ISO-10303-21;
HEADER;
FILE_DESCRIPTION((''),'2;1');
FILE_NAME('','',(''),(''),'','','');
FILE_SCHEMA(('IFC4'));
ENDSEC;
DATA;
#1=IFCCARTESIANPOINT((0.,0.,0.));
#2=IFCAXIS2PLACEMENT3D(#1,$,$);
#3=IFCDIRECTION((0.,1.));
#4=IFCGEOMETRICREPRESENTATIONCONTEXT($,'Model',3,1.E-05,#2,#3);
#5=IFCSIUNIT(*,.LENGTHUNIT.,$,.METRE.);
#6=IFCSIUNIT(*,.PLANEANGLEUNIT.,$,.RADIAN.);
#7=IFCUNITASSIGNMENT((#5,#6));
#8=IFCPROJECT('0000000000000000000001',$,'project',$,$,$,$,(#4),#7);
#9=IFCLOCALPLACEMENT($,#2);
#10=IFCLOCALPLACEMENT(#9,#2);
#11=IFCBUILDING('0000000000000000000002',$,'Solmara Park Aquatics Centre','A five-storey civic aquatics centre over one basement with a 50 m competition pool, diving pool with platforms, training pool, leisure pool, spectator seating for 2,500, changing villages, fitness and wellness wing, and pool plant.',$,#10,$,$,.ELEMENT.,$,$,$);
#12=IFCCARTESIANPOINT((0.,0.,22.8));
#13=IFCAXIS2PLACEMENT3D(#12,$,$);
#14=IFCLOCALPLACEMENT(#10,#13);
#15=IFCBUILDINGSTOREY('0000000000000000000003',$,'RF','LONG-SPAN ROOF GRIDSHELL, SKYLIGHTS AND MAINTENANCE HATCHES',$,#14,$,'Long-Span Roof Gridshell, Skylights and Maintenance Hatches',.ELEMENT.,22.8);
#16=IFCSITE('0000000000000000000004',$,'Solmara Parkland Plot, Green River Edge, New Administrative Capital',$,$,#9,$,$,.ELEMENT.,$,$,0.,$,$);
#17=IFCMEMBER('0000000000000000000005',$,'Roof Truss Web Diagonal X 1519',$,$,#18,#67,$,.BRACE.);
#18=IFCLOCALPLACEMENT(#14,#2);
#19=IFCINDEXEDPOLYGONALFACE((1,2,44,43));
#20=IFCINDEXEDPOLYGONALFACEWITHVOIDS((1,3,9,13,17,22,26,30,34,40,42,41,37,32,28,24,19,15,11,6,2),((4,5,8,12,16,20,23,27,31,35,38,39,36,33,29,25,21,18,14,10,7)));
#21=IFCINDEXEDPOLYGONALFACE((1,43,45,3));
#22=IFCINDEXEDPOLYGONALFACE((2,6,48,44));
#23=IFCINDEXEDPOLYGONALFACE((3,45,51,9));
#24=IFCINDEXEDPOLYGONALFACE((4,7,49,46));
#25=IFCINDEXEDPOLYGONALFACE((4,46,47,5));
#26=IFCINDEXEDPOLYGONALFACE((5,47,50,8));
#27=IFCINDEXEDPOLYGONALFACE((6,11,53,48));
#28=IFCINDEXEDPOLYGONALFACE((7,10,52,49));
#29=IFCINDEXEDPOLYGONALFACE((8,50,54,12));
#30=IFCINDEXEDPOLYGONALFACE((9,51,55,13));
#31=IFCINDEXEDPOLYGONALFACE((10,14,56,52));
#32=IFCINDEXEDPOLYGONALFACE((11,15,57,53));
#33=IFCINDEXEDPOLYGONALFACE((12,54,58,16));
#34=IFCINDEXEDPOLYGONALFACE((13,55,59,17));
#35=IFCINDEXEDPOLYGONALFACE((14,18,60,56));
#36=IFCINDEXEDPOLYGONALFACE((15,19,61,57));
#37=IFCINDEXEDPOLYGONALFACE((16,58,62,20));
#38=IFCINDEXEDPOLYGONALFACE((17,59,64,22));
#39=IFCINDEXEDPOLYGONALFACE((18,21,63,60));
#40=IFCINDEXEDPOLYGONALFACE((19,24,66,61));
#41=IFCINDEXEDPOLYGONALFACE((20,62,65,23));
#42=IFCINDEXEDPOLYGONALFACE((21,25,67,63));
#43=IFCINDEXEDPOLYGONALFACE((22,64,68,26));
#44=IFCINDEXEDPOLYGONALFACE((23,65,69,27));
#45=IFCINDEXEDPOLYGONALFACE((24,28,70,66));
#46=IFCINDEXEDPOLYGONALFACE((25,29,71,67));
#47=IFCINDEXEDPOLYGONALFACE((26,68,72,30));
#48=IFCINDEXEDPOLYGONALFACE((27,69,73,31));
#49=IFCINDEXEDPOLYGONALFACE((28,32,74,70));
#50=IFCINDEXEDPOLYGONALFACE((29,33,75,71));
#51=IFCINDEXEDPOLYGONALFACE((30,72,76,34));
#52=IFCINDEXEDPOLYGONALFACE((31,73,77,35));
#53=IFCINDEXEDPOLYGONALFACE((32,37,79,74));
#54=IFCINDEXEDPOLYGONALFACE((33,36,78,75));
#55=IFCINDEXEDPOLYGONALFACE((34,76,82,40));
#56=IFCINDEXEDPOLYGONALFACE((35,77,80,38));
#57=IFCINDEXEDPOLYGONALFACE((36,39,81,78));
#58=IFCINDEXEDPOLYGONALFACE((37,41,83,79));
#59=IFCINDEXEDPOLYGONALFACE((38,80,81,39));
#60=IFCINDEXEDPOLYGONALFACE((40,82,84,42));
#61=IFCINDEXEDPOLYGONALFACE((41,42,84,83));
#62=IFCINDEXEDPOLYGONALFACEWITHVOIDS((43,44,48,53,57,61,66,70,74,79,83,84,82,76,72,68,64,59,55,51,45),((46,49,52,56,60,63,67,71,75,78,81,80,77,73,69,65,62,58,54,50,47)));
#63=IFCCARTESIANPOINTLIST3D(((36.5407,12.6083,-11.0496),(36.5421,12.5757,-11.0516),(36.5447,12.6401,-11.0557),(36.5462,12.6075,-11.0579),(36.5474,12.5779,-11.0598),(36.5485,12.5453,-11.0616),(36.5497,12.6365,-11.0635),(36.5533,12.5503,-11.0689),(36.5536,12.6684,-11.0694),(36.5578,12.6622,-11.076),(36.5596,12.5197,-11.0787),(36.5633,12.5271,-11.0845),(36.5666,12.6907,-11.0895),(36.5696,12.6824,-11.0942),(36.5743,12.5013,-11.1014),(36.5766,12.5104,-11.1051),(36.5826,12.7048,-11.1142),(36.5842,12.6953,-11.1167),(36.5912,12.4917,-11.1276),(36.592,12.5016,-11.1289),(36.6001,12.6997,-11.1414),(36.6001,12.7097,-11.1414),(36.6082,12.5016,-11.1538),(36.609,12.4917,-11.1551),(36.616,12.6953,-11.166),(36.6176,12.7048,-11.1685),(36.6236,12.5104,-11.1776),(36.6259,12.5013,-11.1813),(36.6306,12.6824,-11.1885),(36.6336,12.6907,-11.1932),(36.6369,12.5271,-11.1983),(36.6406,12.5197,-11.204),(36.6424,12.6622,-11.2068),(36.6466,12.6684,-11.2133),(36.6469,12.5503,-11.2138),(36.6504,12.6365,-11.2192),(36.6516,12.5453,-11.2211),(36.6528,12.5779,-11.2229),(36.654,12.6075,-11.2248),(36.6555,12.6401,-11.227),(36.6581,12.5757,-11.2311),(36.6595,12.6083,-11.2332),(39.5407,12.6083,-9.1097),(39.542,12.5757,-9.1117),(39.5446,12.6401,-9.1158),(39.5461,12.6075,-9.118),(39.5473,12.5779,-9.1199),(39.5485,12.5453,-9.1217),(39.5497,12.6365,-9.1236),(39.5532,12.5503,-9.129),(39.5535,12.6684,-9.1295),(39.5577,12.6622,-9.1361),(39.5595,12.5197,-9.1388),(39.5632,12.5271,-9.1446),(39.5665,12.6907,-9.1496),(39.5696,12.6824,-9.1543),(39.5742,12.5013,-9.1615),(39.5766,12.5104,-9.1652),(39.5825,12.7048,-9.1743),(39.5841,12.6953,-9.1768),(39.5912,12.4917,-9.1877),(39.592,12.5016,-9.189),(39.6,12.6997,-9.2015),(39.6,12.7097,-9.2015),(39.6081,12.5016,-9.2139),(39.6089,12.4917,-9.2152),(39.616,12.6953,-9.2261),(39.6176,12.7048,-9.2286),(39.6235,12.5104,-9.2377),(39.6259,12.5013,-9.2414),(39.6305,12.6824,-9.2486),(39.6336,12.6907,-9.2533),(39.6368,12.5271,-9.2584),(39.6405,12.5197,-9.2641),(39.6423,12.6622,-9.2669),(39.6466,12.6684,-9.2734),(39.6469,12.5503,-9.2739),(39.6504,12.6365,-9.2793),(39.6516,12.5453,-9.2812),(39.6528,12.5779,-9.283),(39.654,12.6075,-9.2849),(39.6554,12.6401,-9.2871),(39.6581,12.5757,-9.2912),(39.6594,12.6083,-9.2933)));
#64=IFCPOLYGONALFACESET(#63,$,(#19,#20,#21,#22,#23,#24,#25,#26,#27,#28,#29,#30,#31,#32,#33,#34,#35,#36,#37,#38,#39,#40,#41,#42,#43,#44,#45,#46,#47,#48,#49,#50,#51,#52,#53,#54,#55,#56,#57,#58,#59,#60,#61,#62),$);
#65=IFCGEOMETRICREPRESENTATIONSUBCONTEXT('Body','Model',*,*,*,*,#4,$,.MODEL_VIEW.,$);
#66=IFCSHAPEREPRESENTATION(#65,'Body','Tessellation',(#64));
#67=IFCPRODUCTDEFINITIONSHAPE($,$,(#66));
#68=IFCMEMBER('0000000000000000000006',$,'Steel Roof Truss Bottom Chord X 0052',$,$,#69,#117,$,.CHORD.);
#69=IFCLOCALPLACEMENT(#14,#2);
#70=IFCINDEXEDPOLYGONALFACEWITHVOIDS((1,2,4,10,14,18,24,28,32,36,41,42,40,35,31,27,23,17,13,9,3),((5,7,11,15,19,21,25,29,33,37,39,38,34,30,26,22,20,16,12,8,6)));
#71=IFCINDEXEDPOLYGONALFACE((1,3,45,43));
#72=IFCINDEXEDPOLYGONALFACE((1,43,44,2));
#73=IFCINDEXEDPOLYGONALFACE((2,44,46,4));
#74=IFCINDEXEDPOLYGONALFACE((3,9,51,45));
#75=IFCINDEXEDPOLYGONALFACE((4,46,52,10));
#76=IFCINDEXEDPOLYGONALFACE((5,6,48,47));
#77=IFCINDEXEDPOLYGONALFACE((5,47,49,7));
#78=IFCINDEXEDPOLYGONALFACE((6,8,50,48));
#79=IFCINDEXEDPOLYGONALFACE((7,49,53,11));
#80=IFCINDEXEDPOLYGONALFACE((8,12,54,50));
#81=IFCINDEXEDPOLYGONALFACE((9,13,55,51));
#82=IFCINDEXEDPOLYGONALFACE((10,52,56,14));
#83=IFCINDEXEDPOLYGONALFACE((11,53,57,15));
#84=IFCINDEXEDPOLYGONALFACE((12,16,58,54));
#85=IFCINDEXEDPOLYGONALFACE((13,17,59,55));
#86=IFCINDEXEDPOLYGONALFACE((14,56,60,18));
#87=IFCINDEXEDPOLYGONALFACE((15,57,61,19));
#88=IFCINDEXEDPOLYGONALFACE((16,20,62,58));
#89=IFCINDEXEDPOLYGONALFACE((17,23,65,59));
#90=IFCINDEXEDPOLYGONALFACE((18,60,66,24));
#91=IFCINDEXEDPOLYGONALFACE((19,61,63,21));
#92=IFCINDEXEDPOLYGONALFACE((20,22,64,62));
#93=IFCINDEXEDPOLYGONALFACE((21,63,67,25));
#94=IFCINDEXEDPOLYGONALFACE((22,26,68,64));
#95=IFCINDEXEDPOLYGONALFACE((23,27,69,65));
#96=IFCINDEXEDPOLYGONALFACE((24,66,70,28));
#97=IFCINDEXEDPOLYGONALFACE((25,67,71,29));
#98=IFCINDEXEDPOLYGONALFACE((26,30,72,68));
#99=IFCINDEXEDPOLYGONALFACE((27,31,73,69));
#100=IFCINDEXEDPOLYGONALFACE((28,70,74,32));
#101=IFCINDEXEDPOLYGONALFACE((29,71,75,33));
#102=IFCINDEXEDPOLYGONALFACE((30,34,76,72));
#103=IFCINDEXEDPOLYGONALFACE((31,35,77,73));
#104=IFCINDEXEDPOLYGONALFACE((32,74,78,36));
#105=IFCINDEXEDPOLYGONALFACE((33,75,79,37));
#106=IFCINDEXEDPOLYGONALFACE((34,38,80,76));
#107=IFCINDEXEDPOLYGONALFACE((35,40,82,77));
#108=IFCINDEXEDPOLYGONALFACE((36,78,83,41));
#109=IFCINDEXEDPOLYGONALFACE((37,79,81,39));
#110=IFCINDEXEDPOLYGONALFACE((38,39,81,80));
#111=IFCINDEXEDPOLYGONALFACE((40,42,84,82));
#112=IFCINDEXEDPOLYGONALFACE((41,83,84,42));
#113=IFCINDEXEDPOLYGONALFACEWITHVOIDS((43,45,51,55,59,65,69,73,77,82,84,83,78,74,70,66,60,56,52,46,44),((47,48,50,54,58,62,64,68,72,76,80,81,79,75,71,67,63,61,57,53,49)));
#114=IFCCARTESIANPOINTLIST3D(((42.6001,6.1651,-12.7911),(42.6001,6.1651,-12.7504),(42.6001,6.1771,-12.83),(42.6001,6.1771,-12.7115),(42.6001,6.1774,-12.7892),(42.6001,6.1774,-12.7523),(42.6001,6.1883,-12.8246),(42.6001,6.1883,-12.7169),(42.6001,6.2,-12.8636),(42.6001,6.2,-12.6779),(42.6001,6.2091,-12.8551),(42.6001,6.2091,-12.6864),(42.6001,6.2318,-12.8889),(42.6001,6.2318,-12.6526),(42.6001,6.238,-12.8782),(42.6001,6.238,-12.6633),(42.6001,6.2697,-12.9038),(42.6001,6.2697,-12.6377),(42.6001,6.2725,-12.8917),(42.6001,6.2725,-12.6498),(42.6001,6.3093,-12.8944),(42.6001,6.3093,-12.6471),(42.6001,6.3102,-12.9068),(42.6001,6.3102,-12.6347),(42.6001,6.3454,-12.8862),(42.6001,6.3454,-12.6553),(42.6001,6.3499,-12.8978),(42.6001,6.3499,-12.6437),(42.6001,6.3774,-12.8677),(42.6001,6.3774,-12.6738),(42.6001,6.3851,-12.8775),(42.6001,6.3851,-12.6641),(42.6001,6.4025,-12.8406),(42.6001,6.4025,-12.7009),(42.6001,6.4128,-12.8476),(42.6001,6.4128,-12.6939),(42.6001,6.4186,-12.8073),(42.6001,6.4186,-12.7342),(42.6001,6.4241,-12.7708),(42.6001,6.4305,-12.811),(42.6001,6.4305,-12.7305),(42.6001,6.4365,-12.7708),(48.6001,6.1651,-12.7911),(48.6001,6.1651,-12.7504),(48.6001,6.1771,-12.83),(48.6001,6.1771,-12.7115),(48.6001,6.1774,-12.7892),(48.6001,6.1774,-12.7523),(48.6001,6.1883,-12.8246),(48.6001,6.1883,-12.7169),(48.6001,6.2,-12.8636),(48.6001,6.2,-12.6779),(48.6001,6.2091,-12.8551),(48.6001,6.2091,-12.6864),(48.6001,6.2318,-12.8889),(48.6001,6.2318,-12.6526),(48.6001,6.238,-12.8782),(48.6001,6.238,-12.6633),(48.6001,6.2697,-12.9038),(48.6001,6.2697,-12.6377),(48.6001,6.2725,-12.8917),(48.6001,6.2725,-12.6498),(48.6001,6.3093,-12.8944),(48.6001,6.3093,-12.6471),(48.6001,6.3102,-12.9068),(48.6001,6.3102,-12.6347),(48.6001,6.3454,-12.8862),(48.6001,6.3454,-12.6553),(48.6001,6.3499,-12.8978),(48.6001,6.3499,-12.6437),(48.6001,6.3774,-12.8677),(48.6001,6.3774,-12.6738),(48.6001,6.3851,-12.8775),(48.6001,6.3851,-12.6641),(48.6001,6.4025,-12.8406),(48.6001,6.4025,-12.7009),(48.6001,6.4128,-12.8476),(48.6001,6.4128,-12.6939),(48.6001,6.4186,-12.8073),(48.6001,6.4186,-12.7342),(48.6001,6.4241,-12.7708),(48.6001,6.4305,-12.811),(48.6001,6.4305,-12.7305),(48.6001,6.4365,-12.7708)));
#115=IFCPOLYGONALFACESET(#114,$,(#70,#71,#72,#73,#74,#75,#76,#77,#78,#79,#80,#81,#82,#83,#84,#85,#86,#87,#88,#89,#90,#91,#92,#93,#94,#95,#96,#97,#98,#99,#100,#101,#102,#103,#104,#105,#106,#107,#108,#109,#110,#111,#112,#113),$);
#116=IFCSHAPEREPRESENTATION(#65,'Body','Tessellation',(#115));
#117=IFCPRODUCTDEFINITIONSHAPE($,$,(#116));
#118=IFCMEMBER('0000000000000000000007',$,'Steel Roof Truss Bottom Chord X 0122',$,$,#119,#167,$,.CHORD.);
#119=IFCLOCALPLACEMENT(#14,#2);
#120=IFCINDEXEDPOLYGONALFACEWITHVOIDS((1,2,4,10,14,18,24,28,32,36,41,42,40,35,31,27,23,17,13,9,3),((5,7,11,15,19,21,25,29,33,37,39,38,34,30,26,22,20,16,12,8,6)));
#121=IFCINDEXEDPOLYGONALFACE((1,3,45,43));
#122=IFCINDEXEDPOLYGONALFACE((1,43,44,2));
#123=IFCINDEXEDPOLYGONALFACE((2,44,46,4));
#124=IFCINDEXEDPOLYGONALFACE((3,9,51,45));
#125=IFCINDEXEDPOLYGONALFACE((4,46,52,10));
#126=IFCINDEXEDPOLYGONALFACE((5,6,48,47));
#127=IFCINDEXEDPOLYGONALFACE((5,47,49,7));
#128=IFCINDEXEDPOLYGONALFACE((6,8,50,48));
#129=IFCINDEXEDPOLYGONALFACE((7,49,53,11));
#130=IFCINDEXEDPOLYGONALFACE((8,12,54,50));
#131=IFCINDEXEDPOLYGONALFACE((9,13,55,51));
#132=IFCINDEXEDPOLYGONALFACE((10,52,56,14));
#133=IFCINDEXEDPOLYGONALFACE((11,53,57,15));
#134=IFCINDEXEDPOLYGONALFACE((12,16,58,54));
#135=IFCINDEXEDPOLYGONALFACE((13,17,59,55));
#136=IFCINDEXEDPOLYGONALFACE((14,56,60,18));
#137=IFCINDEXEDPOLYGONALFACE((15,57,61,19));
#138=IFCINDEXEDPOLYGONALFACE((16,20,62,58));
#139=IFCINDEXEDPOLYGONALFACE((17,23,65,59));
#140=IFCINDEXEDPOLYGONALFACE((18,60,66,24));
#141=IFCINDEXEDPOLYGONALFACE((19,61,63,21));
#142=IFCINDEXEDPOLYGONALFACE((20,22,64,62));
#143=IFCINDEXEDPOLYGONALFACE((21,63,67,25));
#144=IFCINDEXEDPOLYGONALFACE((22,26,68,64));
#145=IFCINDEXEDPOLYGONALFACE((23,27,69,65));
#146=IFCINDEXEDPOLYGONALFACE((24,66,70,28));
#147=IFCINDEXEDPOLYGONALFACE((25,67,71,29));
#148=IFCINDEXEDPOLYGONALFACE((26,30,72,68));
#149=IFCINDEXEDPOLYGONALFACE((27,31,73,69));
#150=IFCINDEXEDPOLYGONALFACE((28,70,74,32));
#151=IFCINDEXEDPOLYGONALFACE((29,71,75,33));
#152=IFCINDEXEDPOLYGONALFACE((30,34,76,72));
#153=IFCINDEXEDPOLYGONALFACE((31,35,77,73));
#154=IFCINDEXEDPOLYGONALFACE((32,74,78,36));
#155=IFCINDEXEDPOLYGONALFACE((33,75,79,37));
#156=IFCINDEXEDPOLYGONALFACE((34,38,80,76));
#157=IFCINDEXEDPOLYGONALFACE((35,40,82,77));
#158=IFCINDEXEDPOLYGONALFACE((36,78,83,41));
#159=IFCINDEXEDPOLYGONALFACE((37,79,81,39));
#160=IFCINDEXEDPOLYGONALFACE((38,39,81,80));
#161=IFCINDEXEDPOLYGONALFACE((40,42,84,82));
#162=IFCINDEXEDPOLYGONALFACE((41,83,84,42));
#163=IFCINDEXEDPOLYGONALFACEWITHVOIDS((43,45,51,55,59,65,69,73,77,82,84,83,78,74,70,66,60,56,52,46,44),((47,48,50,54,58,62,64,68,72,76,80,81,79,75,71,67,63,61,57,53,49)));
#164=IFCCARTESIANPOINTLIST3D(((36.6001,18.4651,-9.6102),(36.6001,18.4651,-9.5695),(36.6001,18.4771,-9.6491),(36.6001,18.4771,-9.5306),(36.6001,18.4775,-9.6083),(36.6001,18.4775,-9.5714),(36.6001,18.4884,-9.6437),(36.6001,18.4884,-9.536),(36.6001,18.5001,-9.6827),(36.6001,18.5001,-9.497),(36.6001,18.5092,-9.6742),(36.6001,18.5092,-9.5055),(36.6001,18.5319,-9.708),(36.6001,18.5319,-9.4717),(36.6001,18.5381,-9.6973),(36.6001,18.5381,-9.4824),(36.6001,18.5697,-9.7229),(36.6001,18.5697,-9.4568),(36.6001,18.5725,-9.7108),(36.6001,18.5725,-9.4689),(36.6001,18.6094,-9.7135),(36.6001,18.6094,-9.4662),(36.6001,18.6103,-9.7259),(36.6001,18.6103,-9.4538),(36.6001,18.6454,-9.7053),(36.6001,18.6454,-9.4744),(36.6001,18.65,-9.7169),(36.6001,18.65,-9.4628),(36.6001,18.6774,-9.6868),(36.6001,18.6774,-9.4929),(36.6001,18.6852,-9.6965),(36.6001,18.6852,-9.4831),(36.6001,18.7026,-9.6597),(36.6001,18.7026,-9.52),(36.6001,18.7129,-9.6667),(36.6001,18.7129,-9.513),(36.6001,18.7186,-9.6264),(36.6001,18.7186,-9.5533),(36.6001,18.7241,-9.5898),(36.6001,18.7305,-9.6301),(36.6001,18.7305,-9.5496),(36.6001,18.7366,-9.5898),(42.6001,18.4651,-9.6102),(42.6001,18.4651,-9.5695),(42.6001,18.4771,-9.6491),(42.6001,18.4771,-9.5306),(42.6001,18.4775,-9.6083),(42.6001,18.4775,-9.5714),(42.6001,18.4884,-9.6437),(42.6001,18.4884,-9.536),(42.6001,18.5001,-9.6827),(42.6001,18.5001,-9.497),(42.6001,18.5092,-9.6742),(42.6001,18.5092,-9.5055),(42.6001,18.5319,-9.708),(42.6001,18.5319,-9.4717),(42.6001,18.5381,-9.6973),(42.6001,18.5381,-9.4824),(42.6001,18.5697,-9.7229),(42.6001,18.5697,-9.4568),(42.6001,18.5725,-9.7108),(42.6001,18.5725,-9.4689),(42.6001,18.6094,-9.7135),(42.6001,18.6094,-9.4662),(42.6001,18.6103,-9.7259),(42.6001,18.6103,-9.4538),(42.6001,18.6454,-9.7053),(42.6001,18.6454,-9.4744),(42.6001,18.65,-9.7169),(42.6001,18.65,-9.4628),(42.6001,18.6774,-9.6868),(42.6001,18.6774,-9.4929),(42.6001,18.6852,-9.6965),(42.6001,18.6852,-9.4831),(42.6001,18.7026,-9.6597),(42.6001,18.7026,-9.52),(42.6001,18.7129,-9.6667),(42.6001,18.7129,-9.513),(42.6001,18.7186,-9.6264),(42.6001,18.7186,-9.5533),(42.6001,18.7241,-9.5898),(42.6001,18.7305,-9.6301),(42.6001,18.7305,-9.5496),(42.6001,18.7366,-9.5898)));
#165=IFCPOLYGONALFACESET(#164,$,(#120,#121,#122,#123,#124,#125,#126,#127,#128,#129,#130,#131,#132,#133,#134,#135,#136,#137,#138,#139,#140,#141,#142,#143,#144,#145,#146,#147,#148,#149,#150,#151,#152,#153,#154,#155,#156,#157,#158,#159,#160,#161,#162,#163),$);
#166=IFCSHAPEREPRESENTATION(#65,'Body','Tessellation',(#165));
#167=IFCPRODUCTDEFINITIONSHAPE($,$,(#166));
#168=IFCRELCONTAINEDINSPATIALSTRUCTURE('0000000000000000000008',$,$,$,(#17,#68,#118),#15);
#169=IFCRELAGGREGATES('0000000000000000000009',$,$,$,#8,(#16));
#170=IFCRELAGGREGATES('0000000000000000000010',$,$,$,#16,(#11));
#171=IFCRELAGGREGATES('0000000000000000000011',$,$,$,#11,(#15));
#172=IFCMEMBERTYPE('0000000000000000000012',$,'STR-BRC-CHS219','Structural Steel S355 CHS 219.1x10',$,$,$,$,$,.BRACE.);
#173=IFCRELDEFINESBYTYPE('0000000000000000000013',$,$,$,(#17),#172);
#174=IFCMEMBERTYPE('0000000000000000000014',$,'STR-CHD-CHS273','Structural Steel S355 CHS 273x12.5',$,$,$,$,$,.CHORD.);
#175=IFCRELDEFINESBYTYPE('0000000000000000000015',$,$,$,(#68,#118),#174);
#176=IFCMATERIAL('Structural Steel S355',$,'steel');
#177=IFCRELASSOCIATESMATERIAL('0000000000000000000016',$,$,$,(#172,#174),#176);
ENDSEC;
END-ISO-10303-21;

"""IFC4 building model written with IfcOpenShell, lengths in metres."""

from ifc_helpers import new_model, si_unit, direction, frame, origin, origin_2d, place, context, subcontext, project, spatial, hollow_circle, extrude, material, material_profile, profile_set, type_object, element, save


model = new_model("IFC4")

# Units and contexts
model_context = context("Model", 3, precision=1e-05, world=origin(), true_north=direction((0.0, 1.0)))
body_context = subcontext(model_context, "Body", "Model", "MODEL_VIEW")
ifc_project = project(units=[si_unit("LENGTHUNIT", "METRE"), si_unit("PLANEANGLEUNIT", "RADIAN")], contexts=[model_context])

# Site, building, storey
site_placement = place(None, origin())
site = spatial("IfcSite", under=ifc_project, at=site_placement, Name="Solmara Parkland Plot, Green River Edge, New Administrative Capital", CompositionType="ELEMENT", RefElevation=0.0)
building_placement = place(site_placement, origin())
building = spatial("IfcBuilding", under=site, at=building_placement, Name="Solmara Park Aquatics Centre", Description="A five-storey civic aquatics centre over one basement with a 50 m competition pool, diving pool with platforms, training pool, leisure pool, spectator seating for 2,500, changing villages, fitness and wellness wing, and pool plant.", CompositionType="ELEMENT")
storey_placement = place(building_placement, frame((0.0, 0.0, 22.8)))
storey = spatial("IfcBuildingStorey", under=building, at=storey_placement, Name="RF", Description="LONG-SPAN ROOF GRIDSHELL, SKYLIGHTS AND MAINTENANCE HATCHES", LongName="Long-Span Roof Gridshell, Skylights and Maintenance Hatches", CompositionType="ELEMENT", Elevation=22.8)

# Members
ifc_material_1 = material(Name="Structural Steel S355", Category="steel")
ifc_material_profile_1 = material_profile(ifc_material_1, hollow_circle(Radius=0.1096, WallThickness=0.01, at=origin_2d()), Name="CHS 219.1x10")
ifc_profile_set_1 = profile_set([ifc_material_profile_1], Name="Structural Steel S355")
member_type_1 = type_object("IfcMemberType", Name="STR-BRC-CHS219", Description="Structural Steel S355 CHS 219.1x10", PredefinedType="BRACE", material=ifc_profile_set_1)
for number, where, z_axis, x_axis, name in (
    (1, (36.6001, 12.6001, -11.1414), (0.839728, 0.0, 0.543008), (0.0, 1.0, 0.0), "Roof Truss Web Diagonal X 1519"),
):
    element("IfcMember", number, at=place(storey_placement, frame(where, z_axis=z_axis, x_axis=x_axis)), inside=storey, type_object=member_type_1, Name=name, PredefinedType="BRACE", context=body_context, shape_type="SweptSolid", body=[
        extrude(hollow_circle(Radius=0.1096, WallThickness=0.01, at=origin_2d()), origin(), (0.0, 0.0, 1.0), 3.5725),
    ])
ifc_material_profile_2 = material_profile(ifc_material_1, hollow_circle(Radius=0.1365, WallThickness=0.0125, at=origin_2d()), Name="CHS 273x12.5")
ifc_profile_set_2 = profile_set([ifc_material_profile_2], Name="Structural Steel S355")
member_type_2 = type_object("IfcMemberType", Name="STR-CHD-CHS273", Description="Structural Steel S355 CHS 273x12.5", PredefinedType="CHORD", material=ifc_profile_set_2)
for number, where, z_axis, x_axis, name in (
    (2, (42.6001, 6.3, -12.7708), (1.0, 0.0, 0.0), (0.0, 1.0, 0.0), "Steel Roof Truss Bottom Chord X 0052"),
    (3, (36.6001, 18.6001, -9.5898), (1.0, 0.0, 0.0), (0.0, 1.0, 0.0), "Steel Roof Truss Bottom Chord X 0122"),
):
    element("IfcMember", number, at=place(storey_placement, frame(where, z_axis=z_axis, x_axis=x_axis)), inside=storey, type_object=member_type_2, Name=name, PredefinedType="CHORD", context=body_context, shape_type="SweptSolid", body=[
        extrude(hollow_circle(Radius=0.1365, WallThickness=0.0125, at=origin_2d()), origin(), (0.0, 0.0, 1.0), 6.0),
    ])

save(model, "model.ifc")
